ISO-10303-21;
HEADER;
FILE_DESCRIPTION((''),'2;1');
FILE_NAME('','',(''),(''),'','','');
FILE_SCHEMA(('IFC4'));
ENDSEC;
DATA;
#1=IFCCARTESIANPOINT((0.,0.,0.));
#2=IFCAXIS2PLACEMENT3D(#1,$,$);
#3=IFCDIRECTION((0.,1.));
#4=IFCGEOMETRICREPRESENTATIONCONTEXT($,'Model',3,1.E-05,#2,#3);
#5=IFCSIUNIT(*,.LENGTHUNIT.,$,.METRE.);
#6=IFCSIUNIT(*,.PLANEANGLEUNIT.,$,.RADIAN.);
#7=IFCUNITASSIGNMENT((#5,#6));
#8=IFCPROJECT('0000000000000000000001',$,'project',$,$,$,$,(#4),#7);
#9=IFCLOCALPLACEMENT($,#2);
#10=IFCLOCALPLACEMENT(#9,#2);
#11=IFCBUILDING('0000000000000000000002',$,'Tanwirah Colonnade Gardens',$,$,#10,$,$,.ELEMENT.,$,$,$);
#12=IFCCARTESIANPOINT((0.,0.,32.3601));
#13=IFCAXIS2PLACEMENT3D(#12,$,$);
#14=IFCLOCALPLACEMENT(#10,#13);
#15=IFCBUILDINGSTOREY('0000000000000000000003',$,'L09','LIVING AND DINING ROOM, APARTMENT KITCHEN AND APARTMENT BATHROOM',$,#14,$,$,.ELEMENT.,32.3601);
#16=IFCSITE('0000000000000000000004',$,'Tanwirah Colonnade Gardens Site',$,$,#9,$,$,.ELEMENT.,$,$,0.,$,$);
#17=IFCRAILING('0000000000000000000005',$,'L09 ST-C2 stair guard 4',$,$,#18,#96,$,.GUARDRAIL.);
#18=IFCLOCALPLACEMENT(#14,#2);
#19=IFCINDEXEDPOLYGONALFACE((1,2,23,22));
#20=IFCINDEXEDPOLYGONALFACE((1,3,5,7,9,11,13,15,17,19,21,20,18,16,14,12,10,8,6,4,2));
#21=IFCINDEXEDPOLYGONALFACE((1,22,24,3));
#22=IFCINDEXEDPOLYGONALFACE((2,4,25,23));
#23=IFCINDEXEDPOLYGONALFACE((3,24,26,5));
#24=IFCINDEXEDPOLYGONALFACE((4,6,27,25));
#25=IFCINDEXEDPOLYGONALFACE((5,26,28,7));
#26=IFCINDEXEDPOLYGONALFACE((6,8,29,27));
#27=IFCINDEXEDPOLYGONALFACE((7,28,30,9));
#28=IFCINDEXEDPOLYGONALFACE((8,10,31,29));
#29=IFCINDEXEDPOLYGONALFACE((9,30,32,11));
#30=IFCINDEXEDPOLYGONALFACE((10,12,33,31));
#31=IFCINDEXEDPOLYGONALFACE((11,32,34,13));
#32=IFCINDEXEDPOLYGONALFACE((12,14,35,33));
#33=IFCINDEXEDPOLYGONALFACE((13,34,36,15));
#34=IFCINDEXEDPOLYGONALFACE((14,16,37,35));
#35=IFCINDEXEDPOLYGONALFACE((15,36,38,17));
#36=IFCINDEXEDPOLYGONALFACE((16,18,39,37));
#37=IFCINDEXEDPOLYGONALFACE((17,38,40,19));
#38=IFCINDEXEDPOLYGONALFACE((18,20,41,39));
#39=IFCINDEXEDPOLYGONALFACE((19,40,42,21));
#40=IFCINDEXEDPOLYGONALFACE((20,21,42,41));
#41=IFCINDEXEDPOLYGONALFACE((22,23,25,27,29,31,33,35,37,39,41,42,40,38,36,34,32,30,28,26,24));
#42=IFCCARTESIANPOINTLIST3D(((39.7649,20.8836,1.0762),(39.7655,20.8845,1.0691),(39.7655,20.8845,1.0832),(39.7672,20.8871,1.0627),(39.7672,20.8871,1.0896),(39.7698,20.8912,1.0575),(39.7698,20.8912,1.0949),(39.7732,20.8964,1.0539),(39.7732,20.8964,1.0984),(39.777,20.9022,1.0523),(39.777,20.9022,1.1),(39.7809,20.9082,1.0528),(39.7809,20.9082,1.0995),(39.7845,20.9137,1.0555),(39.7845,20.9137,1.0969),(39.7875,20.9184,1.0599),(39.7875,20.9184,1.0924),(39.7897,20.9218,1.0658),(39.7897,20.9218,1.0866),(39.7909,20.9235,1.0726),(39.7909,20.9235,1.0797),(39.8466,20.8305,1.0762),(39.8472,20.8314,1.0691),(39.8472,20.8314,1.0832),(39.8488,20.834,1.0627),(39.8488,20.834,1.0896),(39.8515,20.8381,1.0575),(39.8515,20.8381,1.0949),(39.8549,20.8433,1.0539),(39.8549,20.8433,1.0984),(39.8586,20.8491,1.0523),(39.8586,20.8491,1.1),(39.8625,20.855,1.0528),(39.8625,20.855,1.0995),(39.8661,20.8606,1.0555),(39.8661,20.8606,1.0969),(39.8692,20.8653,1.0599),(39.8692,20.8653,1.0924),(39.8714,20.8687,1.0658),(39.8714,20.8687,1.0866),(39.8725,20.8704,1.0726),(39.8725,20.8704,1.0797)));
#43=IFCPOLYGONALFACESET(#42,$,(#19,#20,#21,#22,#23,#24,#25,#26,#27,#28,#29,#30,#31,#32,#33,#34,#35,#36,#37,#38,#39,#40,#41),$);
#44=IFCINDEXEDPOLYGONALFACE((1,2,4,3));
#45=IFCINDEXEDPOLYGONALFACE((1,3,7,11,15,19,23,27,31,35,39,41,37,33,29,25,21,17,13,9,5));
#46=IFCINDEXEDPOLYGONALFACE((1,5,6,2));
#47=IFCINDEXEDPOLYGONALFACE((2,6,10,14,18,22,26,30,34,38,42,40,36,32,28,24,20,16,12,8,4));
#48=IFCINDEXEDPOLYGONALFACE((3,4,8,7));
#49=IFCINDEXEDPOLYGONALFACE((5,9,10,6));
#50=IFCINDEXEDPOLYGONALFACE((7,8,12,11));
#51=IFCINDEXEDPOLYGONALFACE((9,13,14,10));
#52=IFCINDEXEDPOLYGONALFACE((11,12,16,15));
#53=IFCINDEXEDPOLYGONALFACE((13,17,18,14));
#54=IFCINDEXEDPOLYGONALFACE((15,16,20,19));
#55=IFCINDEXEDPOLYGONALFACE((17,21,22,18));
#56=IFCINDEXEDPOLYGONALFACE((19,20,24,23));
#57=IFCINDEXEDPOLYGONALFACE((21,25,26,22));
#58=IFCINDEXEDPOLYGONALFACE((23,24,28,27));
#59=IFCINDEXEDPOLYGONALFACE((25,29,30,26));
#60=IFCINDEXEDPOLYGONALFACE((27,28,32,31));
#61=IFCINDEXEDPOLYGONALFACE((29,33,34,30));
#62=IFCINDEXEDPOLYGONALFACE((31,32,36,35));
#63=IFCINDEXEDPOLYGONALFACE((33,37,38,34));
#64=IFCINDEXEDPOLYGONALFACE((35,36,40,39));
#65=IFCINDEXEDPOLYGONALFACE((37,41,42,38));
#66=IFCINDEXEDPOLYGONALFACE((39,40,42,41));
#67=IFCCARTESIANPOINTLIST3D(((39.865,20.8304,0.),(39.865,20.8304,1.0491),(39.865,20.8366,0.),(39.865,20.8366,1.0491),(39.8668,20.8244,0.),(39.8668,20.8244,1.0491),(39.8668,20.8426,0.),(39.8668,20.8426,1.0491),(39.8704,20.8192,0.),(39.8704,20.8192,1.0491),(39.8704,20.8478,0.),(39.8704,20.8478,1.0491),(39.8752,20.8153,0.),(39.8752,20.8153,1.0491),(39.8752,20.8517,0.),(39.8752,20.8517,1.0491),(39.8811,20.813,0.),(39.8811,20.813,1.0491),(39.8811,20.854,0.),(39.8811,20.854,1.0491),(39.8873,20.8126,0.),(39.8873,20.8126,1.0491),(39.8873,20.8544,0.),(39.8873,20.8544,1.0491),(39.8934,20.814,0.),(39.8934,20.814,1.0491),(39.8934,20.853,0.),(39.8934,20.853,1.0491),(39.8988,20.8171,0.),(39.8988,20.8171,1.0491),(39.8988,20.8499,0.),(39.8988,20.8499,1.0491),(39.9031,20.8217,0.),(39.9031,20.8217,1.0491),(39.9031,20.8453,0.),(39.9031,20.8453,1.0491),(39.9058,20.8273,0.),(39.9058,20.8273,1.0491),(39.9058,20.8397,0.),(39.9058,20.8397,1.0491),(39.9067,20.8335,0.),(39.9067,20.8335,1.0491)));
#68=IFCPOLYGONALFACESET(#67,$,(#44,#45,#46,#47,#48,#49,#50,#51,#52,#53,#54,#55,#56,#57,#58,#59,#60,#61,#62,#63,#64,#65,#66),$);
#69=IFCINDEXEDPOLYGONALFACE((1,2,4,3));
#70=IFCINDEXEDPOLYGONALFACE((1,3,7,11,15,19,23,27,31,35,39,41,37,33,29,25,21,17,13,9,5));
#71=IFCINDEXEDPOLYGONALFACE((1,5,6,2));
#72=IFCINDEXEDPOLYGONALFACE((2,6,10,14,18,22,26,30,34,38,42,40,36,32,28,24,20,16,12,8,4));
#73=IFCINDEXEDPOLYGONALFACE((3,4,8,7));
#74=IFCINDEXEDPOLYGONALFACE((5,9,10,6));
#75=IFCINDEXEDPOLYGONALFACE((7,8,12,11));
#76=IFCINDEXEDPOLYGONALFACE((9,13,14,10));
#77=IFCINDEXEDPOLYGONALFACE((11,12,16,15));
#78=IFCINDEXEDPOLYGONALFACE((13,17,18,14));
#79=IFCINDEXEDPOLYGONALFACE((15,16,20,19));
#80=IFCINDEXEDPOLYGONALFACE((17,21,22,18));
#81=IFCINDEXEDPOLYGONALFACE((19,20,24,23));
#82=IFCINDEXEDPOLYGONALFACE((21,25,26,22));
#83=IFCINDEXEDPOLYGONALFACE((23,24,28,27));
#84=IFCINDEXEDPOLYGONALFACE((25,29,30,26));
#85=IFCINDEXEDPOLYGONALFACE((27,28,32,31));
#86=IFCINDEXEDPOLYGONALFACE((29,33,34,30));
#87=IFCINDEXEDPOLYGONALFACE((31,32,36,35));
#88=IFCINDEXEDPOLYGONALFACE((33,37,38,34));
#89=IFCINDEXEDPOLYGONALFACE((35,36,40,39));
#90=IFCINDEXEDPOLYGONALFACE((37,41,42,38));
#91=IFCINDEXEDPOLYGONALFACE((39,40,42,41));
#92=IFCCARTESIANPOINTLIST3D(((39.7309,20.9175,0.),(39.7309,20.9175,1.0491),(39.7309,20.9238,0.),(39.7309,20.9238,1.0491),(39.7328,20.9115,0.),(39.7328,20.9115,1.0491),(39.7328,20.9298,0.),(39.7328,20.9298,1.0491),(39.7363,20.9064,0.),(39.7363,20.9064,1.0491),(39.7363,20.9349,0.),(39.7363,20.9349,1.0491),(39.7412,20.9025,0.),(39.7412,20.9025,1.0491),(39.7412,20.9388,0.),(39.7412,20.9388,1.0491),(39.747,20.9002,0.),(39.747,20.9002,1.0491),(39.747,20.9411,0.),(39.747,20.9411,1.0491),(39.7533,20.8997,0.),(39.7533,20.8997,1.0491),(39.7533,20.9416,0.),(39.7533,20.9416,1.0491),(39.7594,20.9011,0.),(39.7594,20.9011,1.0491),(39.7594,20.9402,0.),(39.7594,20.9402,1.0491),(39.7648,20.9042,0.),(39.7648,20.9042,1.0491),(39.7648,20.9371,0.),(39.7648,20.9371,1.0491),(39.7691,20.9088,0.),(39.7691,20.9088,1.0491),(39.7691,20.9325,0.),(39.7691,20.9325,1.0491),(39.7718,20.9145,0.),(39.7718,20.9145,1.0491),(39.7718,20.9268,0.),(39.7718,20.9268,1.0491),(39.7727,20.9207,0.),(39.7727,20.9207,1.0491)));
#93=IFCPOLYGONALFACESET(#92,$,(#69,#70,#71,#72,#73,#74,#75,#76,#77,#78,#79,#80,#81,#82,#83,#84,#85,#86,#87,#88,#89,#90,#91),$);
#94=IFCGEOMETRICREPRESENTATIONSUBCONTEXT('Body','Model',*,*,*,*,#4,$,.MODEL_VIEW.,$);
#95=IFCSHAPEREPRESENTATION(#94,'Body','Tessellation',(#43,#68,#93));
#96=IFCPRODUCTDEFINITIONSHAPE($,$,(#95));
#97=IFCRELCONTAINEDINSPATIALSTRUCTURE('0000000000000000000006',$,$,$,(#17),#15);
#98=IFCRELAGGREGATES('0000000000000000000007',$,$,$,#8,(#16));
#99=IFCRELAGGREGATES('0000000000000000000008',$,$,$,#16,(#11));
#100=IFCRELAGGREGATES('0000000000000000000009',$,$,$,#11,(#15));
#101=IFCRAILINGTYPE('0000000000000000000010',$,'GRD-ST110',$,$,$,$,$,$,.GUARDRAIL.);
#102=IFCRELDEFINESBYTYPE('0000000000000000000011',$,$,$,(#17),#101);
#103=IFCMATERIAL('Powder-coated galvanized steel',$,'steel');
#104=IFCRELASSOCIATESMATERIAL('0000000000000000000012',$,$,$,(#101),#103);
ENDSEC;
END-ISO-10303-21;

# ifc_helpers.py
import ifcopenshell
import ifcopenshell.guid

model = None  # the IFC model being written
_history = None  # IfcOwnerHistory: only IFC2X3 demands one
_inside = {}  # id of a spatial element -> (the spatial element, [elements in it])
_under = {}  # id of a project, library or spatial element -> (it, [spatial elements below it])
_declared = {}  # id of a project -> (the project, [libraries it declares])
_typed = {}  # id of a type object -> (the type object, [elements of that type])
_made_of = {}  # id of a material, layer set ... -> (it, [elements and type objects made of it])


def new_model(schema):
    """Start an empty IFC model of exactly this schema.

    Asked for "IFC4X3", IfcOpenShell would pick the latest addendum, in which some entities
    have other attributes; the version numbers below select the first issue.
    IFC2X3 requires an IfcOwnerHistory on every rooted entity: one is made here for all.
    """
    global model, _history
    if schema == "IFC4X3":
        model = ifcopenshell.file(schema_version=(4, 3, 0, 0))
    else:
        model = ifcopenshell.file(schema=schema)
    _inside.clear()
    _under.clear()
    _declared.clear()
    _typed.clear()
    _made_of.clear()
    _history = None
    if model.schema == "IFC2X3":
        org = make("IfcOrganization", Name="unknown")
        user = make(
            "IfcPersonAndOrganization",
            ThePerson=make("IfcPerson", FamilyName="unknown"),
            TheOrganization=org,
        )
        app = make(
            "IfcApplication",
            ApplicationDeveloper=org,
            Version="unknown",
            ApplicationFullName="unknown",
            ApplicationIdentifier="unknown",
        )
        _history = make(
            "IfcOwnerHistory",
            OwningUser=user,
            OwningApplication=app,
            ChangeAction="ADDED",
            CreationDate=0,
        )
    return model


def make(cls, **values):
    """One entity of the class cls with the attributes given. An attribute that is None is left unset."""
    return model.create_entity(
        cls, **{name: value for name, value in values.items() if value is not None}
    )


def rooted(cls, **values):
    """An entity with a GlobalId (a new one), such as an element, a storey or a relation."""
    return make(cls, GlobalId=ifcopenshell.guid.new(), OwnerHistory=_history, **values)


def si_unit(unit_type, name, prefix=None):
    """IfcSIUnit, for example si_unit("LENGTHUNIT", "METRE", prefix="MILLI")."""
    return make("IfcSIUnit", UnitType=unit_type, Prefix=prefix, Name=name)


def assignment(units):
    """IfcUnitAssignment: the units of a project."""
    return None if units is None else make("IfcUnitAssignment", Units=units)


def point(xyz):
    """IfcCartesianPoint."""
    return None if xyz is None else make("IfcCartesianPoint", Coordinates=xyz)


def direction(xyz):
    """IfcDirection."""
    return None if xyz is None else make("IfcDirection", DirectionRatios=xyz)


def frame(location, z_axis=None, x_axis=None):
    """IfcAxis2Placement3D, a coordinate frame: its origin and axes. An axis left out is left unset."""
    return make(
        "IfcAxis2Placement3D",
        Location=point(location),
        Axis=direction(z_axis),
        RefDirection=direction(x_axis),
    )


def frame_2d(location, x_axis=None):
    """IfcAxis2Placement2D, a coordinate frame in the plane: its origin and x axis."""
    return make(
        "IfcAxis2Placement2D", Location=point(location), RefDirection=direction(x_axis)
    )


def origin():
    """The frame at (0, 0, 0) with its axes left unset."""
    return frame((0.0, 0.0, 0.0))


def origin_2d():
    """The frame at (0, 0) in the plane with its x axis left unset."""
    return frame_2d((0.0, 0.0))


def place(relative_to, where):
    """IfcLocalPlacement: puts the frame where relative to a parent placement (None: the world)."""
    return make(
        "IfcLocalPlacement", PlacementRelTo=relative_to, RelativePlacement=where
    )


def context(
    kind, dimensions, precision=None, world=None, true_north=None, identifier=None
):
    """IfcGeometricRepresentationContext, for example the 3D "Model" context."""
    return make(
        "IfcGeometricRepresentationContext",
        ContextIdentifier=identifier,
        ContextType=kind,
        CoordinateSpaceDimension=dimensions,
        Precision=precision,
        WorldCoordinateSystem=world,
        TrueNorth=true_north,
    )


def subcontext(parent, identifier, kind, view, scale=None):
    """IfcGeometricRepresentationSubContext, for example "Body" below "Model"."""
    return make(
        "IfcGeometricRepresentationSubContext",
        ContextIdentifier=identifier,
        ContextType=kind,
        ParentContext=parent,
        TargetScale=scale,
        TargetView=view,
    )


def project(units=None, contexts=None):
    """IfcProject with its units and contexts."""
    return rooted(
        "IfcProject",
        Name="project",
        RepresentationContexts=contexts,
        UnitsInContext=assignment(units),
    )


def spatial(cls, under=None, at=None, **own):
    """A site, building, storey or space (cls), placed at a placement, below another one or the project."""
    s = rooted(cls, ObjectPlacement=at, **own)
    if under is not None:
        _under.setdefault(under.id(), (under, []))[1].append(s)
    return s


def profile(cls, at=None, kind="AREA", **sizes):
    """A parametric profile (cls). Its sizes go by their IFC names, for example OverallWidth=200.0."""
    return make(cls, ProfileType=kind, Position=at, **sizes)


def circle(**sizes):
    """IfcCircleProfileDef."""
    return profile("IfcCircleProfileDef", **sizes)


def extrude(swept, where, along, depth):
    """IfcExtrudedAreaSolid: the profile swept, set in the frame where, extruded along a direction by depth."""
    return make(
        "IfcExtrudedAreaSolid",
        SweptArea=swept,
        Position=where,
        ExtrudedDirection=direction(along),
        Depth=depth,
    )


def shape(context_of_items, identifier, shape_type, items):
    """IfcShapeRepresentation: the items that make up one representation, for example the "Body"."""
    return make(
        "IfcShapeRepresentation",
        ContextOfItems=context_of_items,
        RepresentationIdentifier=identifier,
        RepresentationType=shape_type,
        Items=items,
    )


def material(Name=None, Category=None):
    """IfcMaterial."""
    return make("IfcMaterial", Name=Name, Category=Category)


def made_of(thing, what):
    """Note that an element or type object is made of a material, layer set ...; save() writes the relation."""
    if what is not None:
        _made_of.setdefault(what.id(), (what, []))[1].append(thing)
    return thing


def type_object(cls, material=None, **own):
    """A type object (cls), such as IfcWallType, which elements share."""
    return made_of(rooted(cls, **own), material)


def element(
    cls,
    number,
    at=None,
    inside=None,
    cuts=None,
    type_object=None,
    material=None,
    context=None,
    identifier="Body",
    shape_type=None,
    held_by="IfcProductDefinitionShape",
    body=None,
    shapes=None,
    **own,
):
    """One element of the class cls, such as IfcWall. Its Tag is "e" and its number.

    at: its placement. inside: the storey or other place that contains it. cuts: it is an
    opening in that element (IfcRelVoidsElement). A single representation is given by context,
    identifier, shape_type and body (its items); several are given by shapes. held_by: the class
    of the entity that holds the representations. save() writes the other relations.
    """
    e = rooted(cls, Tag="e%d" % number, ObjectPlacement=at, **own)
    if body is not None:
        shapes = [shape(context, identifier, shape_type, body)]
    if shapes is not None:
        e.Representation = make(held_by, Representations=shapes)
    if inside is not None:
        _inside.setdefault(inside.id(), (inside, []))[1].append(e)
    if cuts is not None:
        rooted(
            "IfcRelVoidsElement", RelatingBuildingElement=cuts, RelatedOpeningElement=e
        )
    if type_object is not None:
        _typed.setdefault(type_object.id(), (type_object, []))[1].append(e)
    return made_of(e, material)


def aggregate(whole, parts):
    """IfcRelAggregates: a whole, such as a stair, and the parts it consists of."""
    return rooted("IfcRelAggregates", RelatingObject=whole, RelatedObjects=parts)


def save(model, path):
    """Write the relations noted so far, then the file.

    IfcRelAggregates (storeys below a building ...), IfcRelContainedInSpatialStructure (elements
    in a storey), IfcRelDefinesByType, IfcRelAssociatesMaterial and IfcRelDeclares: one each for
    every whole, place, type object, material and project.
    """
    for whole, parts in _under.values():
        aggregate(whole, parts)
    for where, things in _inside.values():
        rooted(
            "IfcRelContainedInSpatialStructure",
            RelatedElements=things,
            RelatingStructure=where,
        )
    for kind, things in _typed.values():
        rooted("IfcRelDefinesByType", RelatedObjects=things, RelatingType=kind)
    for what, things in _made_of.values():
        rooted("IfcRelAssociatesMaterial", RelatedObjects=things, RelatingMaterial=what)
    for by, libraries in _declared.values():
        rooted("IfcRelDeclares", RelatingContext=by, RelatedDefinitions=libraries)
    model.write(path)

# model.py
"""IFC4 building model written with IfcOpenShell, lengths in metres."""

from ifc_helpers import new_model, si_unit, direction, frame, origin, origin_2d, place, context, subcontext, project, spatial, circle, extrude, material, type_object, element, save


model = new_model("IFC4")

# Units and contexts
model_context = context("Model", 3, precision=1e-05, world=origin(), true_north=direction((0.0, 1.0)))
body_context = subcontext(model_context, "Body", "Model", "MODEL_VIEW")
ifc_project = project(units=[si_unit("LENGTHUNIT", "METRE"), si_unit("PLANEANGLEUNIT", "RADIAN")], contexts=[model_context])

# Site, building, storey
site_placement = place(None, origin())
site = spatial("IfcSite", under=ifc_project, at=site_placement, Name="Tanwirah Colonnade Gardens Site", CompositionType="ELEMENT", RefElevation=0.0)
building_placement = place(site_placement, origin())
building = spatial("IfcBuilding", under=site, at=building_placement, Name="Tanwirah Colonnade Gardens", CompositionType="ELEMENT")
storey_placement = place(building_placement, frame((0.0, 0.0, 32.3601)))
storey = spatial("IfcBuildingStorey", under=building, at=storey_placement, Name="L09", Description="LIVING AND DINING ROOM, APARTMENT KITCHEN AND APARTMENT BATHROOM", CompositionType="ELEMENT", Elevation=32.3601)

# Railing
ifc_material_1 = material(Name="Powder-coated galvanized steel", Category="steel")
railing_type = type_object("IfcRailingType", Name="GRD-ST110", PredefinedType="GUARDRAIL", material=ifc_material_1)
railing_1_placement = place(storey_placement, frame((39.8857, 20.8335, 0.0)))
element("IfcRailing", 1, at=railing_1_placement, inside=storey, type_object=railing_type, Name="L09 ST-C2 stair guard 4", PredefinedType="GUARDRAIL", context=body_context, shape_type="SweptSolid", body=[
    extrude(circle(Radius=0.0239, at=origin_2d()), frame((-0.0261, 0.0171, 1.0762), z_axis=(-0.838339, 0.545149, 0.0), x_axis=(-0.545149, -0.838339, 0.0)), (0.0, 0.0, 1.0), 0.0974),
    extrude(circle(Radius=0.021, at=origin_2d()), origin(), (0.0, 0.0, 1.0), 1.0491),
    extrude(circle(Radius=0.021, at=origin_2d()), frame((-0.134, 0.0872, 0.0)), (0.0, 0.0, 1.0), 1.0491),
])

save(model, "model.ifc")
